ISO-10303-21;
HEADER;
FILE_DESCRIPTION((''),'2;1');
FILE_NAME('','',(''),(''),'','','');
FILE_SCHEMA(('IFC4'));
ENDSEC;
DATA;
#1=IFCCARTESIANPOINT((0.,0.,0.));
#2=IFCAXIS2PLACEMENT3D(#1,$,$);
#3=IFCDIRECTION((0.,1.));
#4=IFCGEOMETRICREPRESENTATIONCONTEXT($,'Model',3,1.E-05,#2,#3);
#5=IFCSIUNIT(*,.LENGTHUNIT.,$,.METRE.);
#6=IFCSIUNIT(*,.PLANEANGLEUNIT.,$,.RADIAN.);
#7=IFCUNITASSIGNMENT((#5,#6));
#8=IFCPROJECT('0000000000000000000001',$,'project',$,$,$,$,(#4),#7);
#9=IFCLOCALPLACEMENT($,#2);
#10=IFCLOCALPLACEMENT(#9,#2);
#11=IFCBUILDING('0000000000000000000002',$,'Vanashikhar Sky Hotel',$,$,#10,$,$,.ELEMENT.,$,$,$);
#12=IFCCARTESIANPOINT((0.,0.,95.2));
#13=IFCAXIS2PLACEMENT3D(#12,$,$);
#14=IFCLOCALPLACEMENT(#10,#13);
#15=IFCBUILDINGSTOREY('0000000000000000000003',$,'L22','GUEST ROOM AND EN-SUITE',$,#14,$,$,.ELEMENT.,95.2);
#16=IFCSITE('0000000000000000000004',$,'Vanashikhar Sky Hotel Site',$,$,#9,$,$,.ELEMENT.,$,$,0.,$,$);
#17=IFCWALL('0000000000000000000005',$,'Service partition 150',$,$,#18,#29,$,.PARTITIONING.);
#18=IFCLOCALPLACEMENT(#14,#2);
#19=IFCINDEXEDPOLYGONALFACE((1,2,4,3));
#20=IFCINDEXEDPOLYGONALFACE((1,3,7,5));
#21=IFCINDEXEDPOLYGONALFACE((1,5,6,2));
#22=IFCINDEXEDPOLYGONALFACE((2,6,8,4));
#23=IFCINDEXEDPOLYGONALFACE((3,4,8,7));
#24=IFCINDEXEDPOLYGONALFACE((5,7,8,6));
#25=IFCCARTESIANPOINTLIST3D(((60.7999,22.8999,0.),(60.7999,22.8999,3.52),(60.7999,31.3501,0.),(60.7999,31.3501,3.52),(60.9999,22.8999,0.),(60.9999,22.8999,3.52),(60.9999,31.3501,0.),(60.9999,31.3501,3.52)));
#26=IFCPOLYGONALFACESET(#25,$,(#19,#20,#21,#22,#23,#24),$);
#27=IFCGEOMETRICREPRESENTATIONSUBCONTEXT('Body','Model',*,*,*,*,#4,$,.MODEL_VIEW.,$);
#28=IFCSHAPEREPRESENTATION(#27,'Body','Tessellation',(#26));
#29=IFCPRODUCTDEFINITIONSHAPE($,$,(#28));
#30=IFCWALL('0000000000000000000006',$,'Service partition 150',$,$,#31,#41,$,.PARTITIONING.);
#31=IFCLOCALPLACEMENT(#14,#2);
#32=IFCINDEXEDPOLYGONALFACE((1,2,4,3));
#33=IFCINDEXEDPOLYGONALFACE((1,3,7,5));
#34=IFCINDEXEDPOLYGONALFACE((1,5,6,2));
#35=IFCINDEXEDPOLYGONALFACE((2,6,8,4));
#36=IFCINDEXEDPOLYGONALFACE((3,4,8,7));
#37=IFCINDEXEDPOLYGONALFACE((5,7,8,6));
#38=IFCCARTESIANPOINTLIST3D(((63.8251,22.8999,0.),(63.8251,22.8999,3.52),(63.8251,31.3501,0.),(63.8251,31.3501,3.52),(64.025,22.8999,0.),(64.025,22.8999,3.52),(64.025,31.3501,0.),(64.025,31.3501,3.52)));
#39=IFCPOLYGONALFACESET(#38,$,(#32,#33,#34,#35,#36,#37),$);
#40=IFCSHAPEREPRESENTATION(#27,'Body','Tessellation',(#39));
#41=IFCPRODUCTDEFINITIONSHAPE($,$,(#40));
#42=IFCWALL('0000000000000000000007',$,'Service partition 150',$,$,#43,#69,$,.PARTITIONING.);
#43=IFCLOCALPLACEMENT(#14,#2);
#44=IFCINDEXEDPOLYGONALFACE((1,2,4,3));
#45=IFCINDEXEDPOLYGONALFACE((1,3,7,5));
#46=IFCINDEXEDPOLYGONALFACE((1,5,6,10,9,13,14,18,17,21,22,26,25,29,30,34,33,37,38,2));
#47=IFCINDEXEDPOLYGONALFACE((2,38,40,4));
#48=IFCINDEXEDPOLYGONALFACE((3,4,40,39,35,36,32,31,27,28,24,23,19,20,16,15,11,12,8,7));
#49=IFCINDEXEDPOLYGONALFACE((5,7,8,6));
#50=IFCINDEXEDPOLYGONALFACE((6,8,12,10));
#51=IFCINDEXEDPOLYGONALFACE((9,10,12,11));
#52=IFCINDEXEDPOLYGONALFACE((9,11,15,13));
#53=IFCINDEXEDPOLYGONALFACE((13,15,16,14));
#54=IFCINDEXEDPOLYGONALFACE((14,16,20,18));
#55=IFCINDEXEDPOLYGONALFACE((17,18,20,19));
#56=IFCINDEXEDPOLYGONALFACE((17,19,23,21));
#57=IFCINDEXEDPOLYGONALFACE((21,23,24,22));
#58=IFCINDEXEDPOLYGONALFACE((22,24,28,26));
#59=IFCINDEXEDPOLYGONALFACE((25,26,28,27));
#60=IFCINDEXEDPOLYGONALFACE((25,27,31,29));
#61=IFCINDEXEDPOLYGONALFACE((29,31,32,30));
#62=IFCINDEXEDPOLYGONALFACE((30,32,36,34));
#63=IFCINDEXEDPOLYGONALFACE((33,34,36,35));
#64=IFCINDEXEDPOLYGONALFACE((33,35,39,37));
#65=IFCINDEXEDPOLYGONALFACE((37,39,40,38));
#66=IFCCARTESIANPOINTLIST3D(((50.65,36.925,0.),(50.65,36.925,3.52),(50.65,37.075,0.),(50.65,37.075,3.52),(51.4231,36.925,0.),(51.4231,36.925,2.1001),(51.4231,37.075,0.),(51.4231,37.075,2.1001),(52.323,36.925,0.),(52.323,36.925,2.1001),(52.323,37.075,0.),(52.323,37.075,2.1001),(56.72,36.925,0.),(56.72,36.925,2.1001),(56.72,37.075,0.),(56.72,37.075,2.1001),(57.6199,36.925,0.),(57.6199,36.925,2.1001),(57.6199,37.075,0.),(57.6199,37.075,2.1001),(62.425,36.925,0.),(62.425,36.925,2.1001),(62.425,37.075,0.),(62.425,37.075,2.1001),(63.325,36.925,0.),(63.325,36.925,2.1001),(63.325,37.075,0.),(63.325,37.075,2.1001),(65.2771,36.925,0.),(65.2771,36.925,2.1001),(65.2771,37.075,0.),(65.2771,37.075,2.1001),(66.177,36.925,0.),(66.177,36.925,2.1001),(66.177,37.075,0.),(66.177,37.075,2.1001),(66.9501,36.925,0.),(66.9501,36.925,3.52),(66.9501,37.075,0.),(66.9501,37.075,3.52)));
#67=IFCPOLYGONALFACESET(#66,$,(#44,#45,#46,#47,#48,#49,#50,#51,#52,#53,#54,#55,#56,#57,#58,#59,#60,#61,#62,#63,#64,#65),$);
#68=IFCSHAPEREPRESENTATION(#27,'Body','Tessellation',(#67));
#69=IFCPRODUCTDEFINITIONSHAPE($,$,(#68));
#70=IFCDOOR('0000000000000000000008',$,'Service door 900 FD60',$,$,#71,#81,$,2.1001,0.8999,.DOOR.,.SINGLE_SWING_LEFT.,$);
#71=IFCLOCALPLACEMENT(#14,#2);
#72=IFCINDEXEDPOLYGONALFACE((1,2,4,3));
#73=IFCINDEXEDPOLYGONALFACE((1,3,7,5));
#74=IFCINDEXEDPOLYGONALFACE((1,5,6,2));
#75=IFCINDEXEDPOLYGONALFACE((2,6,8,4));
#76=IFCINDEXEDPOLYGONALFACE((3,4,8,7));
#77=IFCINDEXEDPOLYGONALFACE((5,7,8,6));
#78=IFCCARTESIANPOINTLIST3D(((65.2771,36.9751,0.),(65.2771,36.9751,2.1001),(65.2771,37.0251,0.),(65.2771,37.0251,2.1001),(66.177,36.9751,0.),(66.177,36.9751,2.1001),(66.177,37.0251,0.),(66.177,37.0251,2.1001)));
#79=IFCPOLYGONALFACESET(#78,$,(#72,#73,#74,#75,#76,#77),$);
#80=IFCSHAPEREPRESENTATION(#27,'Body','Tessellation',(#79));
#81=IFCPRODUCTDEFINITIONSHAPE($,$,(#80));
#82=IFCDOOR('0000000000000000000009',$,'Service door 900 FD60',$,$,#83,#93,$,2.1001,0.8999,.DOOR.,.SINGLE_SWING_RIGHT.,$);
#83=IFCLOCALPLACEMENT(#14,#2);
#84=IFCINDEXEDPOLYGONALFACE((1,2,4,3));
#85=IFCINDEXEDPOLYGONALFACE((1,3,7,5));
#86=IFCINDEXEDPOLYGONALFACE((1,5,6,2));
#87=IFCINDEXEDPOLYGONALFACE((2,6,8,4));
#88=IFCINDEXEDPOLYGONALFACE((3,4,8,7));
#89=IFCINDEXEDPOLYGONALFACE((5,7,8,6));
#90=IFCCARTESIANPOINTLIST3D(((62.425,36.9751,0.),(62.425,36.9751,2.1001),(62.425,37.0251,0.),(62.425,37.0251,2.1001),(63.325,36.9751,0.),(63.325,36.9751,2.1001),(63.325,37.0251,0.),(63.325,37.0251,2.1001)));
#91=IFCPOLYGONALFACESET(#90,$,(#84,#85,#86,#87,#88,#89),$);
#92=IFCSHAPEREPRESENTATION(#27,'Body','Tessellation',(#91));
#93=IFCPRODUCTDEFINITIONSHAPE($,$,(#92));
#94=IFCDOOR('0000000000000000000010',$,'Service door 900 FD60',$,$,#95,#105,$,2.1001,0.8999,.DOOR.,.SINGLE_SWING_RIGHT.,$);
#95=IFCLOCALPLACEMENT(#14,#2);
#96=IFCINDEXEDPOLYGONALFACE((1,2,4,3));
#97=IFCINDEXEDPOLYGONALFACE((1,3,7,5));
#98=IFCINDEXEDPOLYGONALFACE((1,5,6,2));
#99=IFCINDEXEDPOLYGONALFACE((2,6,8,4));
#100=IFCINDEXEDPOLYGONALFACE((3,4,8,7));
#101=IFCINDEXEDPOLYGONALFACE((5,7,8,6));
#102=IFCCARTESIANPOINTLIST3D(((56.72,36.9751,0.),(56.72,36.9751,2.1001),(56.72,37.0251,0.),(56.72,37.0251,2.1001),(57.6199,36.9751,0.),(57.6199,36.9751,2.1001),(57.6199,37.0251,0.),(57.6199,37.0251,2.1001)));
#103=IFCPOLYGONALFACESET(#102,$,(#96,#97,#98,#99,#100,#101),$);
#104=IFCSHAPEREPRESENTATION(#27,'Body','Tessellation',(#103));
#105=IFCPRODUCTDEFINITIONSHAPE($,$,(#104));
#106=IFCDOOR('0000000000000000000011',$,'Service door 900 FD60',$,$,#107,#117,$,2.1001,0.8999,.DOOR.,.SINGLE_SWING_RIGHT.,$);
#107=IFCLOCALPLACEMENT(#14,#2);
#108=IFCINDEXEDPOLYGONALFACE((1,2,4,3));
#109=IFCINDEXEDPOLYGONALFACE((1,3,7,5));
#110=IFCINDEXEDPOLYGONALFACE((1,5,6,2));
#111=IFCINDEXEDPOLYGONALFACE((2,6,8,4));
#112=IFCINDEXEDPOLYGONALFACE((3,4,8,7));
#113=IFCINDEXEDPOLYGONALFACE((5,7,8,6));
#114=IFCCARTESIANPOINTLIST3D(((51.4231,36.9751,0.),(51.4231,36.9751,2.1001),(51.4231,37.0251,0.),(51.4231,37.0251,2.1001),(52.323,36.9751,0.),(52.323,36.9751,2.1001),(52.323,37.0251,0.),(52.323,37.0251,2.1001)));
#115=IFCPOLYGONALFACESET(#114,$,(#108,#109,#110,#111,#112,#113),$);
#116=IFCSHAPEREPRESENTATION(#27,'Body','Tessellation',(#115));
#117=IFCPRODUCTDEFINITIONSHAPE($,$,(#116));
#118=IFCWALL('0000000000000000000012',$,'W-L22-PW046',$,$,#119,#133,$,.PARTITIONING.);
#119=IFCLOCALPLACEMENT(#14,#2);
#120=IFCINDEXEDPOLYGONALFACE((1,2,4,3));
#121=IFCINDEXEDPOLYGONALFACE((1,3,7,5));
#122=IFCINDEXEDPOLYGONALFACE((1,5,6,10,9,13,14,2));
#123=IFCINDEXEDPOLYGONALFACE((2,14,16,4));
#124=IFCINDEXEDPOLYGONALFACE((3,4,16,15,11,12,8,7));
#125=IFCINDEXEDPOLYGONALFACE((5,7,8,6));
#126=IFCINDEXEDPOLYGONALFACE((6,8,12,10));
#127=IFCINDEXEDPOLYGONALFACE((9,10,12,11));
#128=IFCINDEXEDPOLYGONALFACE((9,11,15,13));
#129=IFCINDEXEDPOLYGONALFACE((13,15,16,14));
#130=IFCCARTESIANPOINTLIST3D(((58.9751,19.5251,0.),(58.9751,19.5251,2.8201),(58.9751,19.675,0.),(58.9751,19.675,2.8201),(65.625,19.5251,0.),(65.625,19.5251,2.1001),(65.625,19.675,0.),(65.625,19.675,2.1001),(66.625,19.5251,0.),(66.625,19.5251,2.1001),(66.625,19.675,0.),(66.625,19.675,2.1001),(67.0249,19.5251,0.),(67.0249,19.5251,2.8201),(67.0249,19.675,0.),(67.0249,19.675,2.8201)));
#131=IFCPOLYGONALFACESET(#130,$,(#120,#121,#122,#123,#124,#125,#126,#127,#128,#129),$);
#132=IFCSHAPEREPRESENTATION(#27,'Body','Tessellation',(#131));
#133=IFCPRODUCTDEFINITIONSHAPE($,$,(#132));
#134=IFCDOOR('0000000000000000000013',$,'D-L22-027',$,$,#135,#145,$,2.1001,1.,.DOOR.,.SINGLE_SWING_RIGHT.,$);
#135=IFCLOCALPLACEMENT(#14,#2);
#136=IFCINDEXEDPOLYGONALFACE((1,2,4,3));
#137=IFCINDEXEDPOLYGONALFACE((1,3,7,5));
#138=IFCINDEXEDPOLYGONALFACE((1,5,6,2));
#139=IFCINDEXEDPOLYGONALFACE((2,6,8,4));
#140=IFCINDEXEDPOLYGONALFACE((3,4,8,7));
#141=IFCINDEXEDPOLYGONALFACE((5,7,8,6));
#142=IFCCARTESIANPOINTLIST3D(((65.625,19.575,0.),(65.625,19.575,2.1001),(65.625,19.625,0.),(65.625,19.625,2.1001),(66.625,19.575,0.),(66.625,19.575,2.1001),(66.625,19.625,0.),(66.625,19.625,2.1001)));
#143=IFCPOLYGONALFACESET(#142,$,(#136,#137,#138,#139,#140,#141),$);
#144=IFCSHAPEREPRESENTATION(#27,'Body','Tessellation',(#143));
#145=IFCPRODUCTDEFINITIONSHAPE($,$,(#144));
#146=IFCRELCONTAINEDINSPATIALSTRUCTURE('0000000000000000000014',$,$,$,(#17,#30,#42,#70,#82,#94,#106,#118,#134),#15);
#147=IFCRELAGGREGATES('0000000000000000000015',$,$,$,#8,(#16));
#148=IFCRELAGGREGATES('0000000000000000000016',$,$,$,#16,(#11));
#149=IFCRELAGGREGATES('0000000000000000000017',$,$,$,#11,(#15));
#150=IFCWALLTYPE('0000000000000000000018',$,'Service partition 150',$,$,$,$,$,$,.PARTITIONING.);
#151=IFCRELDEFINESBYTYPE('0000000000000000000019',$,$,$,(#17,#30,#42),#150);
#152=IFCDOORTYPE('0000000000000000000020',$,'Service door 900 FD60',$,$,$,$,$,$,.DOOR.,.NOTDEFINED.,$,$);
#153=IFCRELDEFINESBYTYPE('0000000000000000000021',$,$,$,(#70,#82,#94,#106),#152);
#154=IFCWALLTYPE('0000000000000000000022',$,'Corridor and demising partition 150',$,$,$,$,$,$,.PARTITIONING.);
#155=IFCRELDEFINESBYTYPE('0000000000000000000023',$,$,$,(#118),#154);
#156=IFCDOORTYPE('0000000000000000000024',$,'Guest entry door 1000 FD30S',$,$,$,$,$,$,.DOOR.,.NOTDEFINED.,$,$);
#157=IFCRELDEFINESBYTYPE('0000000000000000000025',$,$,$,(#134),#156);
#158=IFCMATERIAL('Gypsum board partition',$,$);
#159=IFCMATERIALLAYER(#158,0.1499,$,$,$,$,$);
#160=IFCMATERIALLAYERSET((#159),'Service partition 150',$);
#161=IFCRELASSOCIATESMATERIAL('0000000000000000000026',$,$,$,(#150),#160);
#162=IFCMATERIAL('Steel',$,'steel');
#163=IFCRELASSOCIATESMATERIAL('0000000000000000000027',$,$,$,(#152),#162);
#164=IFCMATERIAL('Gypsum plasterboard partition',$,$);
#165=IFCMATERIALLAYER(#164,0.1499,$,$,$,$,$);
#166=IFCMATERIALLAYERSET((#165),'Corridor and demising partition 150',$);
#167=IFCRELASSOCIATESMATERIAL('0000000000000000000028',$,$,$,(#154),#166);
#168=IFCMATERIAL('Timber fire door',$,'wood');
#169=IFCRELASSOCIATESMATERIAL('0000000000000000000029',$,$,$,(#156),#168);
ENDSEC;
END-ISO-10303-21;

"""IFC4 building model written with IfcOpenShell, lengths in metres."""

from ifc_helpers import new_model, si_unit, direction, frame, frame_2d, origin, place, context, subcontext, project, spatial, rectangle, extrude, source, transform, mapped, material, layer, layer_set, type_object, element, fill, save


model = new_model("IFC4")

# Units and contexts
model_context = context("Model", 3, precision=1e-05, world=origin(), true_north=direction((0.0, 1.0)))
body_context = subcontext(model_context, "Body", "Model", "MODEL_VIEW")
ifc_project = project(units=[si_unit("LENGTHUNIT", "METRE"), si_unit("PLANEANGLEUNIT", "RADIAN")], contexts=[model_context])

# Site, building, storey
site_placement = place(None, origin())
site = spatial("IfcSite", under=ifc_project, at=site_placement, Name="Vanashikhar Sky Hotel Site", CompositionType="ELEMENT", RefElevation=0.0)
building_placement = place(site_placement, origin())
building = spatial("IfcBuilding", under=site, at=building_placement, Name="Vanashikhar Sky Hotel", CompositionType="ELEMENT")
storey_placement = place(building_placement, frame((0.0, 0.0, 95.2)))
storey = spatial("IfcBuildingStorey", under=building, at=storey_placement, Name="L22", Description="GUEST ROOM AND EN-SUITE", CompositionType="ELEMENT", Elevation=95.2)

# Shared definitions
ifc_material_1 = material(Name="Gypsum board partition")
ifc_layer_1 = layer(ifc_material_1, 0.1499)
ifc_layer_set_1 = layer_set([ifc_layer_1], Name="Service partition 150")
wall_type_1 = type_object("IfcWallType", Name="Service partition 150", PredefinedType="PARTITIONING", material=ifc_layer_set_1)

# Shared definitions
shared_shape_1 = source(origin(), body_context, "Body", "SweptSolid", [
    extrude(rectangle(XDim=0.8999, YDim=2.1001, at=frame_2d((0.45, 1.05))), frame((0.0, 0.085, 0.0), z_axis=(0.0, -1.0, 0.0), x_axis=(1.0, 0.0, 0.0)), (0.0, 0.0, 1.0), 0.1699),
])
ifc_material_2 = material(Name="Steel", Category="steel")
door_type_1 = type_object("IfcDoorType", Name="Service door 900 FD60", OperationType="NOTDEFINED", PredefinedType="DOOR", material=ifc_material_2)
shared_shape_2 = source(origin(), body_context, "Body", "SweptSolid", [
    extrude(rectangle(XDim=0.8999, YDim=2.1001, at=frame_2d((0.45, 1.05))), frame((0.0, 0.0249, 0.0), z_axis=(0.0, -1.0, 0.0), x_axis=(1.0, 0.0, 0.0)), (0.0, 0.0, 1.0), 0.05),
])

# Walls
shared_shape_3 = source(origin(), body_context, "Body", "SweptSolid", [
    extrude(rectangle(XDim=8.4502, YDim=0.2, at=frame_2d((4.2251, 0.0))), origin(), (0.0, 0.0, 1.0), 3.52),
])
for number, where, z_axis, x_axis, name in (
    (1, (60.8999, 22.8999, 0.0), (0.0, 0.0, 1.0), (0.0, 1.0, 0.0), "Service partition 150"),
    (2, (63.925, 22.8999, 0.0), (0.0, 0.0, 1.0), (0.0, 1.0, 0.0), "Service partition 150"),
):
    element("IfcWall", number, at=place(storey_placement, frame(where, z_axis=z_axis, x_axis=x_axis)), inside=storey, type_object=wall_type_1, Name=name, PredefinedType="PARTITIONING", context=body_context, shape_type="MappedRepresentation", body=[
        mapped(shared_shape_3, transform((0.0, 0.0, 0.0), scale=1.0)),
    ])

# Wall, openings, doors
shared_shape_4 = source(origin(), body_context, "Body", "SweptSolid", [
    extrude(rectangle(XDim=16.3, YDim=0.1499, at=frame_2d((8.1499, 0.0))), origin(), (0.0, 0.0, 1.0), 3.52),
])
wall_1_placement = place(storey_placement, frame((66.95, 37.0, 0.0), z_axis=(0.0, 0.0, 1.0), x_axis=(-1.0, 0.0, 0.0)))
wall_1 = element("IfcWall", 3, at=wall_1_placement, inside=storey, type_object=wall_type_1, Name="Service partition 150", PredefinedType="PARTITIONING", context=body_context, shape_type="MappedRepresentation", body=[
    mapped(shared_shape_4, transform((0.0, 0.0, 0.0), scale=1.0)),
])
opening_1_placement = place(wall_1_placement, frame((0.7729, 0.0, 0.0)))
opening_1 = element("IfcOpeningElement", 4, at=opening_1_placement, cuts=wall_1, PredefinedType="OPENING", context=body_context, shape_type="MappedRepresentation", body=[
    mapped(shared_shape_1, transform((0.0, 0.0, 0.0), scale=1.0)),
])
opening_2_placement = place(wall_1_placement, frame((3.625, 0.0, 0.0)))
opening_2 = element("IfcOpeningElement", 5, at=opening_2_placement, cuts=wall_1, PredefinedType="OPENING", context=body_context, shape_type="MappedRepresentation", body=[
    mapped(shared_shape_1, transform((0.0, 0.0, 0.0), scale=1.0)),
])
opening_3_placement = place(wall_1_placement, frame((9.3301, 0.0, 0.0)))
opening_3 = element("IfcOpeningElement", 6, at=opening_3_placement, cuts=wall_1, PredefinedType="OPENING", context=body_context, shape_type="MappedRepresentation", body=[
    mapped(shared_shape_1, transform((0.0, 0.0, 0.0), scale=1.0)),
])
opening_4_placement = place(wall_1_placement, frame((14.627, 0.0, 0.0)))
opening_4 = element("IfcOpeningElement", 7, at=opening_4_placement, cuts=wall_1, PredefinedType="OPENING", context=body_context, shape_type="MappedRepresentation", body=[
    mapped(shared_shape_1, transform((0.0, 0.0, 0.0), scale=1.0)),
])
door_1_placement = place(opening_1_placement, origin())
door_1 = element("IfcDoor", 8, at=door_1_placement, inside=storey, type_object=door_type_1, Name="Service door 900 FD60", OperationType="SINGLE_SWING_LEFT", OverallHeight=2.1001, OverallWidth=0.8999, PredefinedType="DOOR", context=body_context, shape_type="MappedRepresentation", body=[
    mapped(shared_shape_2, transform((0.0, 0.0, 0.0), scale=1.0)),
])
fill(opening_1, door_1)
door_2_placement = place(opening_2_placement, origin())
door_2 = element("IfcDoor", 9, at=door_2_placement, inside=storey, type_object=door_type_1, Name="Service door 900 FD60", OperationType="SINGLE_SWING_RIGHT", OverallHeight=2.1001, OverallWidth=0.8999, PredefinedType="DOOR", context=body_context, shape_type="MappedRepresentation", body=[
    mapped(shared_shape_2, transform((0.0, 0.0, 0.0), scale=1.0)),
])
fill(opening_2, door_2)
door_3_placement = place(opening_3_placement, origin())
door_3 = element("IfcDoor", 10, at=door_3_placement, inside=storey, type_object=door_type_1, Name="Service door 900 FD60", OperationType="SINGLE_SWING_RIGHT", OverallHeight=2.1001, OverallWidth=0.8999, PredefinedType="DOOR", context=body_context, shape_type="MappedRepresentation", body=[
    mapped(shared_shape_2, transform((0.0, 0.0, 0.0), scale=1.0)),
])
fill(opening_3, door_3)
door_4_placement = place(opening_4_placement, origin())
door_4 = element("IfcDoor", 11, at=door_4_placement, inside=storey, type_object=door_type_1, Name="Service door 900 FD60", OperationType="SINGLE_SWING_RIGHT", OverallHeight=2.1001, OverallWidth=0.8999, PredefinedType="DOOR", context=body_context, shape_type="MappedRepresentation", body=[
    mapped(shared_shape_2, transform((0.0, 0.0, 0.0), scale=1.0)),
])
fill(opening_4, door_4)

# Wall, opening, door
ifc_material_3 = material(Name="Gypsum plasterboard partition")
ifc_layer_2 = layer(ifc_material_3, 0.1499)
ifc_layer_set_2 = layer_set([ifc_layer_2], Name="Corridor and demising partition 150")
wall_type_2 = type_object("IfcWallType", Name="Corridor and demising partition 150", PredefinedType="PARTITIONING", material=ifc_layer_set_2)
shared_shape_5 = source(origin(), body_context, "Body", "SweptSolid", [
    extrude(rectangle(XDim=8.0498, YDim=0.1499, at=frame_2d((4.0249, 0.0))), origin(), (0.0, 0.0, 1.0), 2.8201),
])
wall_2_placement = place(storey_placement, frame((58.9751, 19.6001, 0.0), z_axis=(0.0, 0.0, 1.0), x_axis=(1.0, 0.0, 0.0)))
wall_2 = element("IfcWall", 12, at=wall_2_placement, inside=storey, type_object=wall_type_2, Name="W-L22-PW046", PredefinedType="PARTITIONING", context=body_context, shape_type="MappedRepresentation", body=[
    mapped(shared_shape_5, transform((0.0, 0.0, 0.0), scale=1.0)),
])
shared_shape_6 = source(origin(), body_context, "Body", "SweptSolid", [
    extrude(rectangle(XDim=1.0, YDim=2.1001, at=frame_2d((0.5, 1.05))), frame((0.0, 0.085, 0.0), z_axis=(0.0, -1.0, 0.0), x_axis=(1.0, 0.0, 0.0)), (0.0, 0.0, 1.0), 0.1699),
])
opening_5_placement = place(wall_2_placement, frame((6.6499, 0.0, 0.0)))
opening_5 = element("IfcOpeningElement", 13, at=opening_5_placement, cuts=wall_2, PredefinedType="OPENING", context=body_context, shape_type="MappedRepresentation", body=[
    mapped(shared_shape_6, transform((0.0, 0.0, 0.0), scale=1.0)),
])
ifc_material_4 = material(Name="Timber fire door", Category="wood")
door_type_2 = type_object("IfcDoorType", Name="Guest entry door 1000 FD30S", OperationType="NOTDEFINED", PredefinedType="DOOR", material=ifc_material_4)
shared_shape_7 = source(origin(), body_context, "Body", "SweptSolid", [
    extrude(rectangle(XDim=1.0, YDim=2.1001, at=frame_2d((0.5, 1.05))), frame((0.0, 0.0249, 0.0), z_axis=(0.0, -1.0, 0.0), x_axis=(1.0, 0.0, 0.0)), (0.0, 0.0, 1.0), 0.05),
])
door_5_placement = place(opening_5_placement, origin())
door_5 = element("IfcDoor", 14, at=door_5_placement, inside=storey, type_object=door_type_2, Name="D-L22-027", OperationType="SINGLE_SWING_RIGHT", OverallHeight=2.1001, OverallWidth=1.0, PredefinedType="DOOR", context=body_context, shape_type="MappedRepresentation", body=[
    mapped(shared_shape_7, transform((0.0, 0.0, 0.0), scale=1.0)),
])
fill(opening_5, door_5)

save(model, "model.ifc")
